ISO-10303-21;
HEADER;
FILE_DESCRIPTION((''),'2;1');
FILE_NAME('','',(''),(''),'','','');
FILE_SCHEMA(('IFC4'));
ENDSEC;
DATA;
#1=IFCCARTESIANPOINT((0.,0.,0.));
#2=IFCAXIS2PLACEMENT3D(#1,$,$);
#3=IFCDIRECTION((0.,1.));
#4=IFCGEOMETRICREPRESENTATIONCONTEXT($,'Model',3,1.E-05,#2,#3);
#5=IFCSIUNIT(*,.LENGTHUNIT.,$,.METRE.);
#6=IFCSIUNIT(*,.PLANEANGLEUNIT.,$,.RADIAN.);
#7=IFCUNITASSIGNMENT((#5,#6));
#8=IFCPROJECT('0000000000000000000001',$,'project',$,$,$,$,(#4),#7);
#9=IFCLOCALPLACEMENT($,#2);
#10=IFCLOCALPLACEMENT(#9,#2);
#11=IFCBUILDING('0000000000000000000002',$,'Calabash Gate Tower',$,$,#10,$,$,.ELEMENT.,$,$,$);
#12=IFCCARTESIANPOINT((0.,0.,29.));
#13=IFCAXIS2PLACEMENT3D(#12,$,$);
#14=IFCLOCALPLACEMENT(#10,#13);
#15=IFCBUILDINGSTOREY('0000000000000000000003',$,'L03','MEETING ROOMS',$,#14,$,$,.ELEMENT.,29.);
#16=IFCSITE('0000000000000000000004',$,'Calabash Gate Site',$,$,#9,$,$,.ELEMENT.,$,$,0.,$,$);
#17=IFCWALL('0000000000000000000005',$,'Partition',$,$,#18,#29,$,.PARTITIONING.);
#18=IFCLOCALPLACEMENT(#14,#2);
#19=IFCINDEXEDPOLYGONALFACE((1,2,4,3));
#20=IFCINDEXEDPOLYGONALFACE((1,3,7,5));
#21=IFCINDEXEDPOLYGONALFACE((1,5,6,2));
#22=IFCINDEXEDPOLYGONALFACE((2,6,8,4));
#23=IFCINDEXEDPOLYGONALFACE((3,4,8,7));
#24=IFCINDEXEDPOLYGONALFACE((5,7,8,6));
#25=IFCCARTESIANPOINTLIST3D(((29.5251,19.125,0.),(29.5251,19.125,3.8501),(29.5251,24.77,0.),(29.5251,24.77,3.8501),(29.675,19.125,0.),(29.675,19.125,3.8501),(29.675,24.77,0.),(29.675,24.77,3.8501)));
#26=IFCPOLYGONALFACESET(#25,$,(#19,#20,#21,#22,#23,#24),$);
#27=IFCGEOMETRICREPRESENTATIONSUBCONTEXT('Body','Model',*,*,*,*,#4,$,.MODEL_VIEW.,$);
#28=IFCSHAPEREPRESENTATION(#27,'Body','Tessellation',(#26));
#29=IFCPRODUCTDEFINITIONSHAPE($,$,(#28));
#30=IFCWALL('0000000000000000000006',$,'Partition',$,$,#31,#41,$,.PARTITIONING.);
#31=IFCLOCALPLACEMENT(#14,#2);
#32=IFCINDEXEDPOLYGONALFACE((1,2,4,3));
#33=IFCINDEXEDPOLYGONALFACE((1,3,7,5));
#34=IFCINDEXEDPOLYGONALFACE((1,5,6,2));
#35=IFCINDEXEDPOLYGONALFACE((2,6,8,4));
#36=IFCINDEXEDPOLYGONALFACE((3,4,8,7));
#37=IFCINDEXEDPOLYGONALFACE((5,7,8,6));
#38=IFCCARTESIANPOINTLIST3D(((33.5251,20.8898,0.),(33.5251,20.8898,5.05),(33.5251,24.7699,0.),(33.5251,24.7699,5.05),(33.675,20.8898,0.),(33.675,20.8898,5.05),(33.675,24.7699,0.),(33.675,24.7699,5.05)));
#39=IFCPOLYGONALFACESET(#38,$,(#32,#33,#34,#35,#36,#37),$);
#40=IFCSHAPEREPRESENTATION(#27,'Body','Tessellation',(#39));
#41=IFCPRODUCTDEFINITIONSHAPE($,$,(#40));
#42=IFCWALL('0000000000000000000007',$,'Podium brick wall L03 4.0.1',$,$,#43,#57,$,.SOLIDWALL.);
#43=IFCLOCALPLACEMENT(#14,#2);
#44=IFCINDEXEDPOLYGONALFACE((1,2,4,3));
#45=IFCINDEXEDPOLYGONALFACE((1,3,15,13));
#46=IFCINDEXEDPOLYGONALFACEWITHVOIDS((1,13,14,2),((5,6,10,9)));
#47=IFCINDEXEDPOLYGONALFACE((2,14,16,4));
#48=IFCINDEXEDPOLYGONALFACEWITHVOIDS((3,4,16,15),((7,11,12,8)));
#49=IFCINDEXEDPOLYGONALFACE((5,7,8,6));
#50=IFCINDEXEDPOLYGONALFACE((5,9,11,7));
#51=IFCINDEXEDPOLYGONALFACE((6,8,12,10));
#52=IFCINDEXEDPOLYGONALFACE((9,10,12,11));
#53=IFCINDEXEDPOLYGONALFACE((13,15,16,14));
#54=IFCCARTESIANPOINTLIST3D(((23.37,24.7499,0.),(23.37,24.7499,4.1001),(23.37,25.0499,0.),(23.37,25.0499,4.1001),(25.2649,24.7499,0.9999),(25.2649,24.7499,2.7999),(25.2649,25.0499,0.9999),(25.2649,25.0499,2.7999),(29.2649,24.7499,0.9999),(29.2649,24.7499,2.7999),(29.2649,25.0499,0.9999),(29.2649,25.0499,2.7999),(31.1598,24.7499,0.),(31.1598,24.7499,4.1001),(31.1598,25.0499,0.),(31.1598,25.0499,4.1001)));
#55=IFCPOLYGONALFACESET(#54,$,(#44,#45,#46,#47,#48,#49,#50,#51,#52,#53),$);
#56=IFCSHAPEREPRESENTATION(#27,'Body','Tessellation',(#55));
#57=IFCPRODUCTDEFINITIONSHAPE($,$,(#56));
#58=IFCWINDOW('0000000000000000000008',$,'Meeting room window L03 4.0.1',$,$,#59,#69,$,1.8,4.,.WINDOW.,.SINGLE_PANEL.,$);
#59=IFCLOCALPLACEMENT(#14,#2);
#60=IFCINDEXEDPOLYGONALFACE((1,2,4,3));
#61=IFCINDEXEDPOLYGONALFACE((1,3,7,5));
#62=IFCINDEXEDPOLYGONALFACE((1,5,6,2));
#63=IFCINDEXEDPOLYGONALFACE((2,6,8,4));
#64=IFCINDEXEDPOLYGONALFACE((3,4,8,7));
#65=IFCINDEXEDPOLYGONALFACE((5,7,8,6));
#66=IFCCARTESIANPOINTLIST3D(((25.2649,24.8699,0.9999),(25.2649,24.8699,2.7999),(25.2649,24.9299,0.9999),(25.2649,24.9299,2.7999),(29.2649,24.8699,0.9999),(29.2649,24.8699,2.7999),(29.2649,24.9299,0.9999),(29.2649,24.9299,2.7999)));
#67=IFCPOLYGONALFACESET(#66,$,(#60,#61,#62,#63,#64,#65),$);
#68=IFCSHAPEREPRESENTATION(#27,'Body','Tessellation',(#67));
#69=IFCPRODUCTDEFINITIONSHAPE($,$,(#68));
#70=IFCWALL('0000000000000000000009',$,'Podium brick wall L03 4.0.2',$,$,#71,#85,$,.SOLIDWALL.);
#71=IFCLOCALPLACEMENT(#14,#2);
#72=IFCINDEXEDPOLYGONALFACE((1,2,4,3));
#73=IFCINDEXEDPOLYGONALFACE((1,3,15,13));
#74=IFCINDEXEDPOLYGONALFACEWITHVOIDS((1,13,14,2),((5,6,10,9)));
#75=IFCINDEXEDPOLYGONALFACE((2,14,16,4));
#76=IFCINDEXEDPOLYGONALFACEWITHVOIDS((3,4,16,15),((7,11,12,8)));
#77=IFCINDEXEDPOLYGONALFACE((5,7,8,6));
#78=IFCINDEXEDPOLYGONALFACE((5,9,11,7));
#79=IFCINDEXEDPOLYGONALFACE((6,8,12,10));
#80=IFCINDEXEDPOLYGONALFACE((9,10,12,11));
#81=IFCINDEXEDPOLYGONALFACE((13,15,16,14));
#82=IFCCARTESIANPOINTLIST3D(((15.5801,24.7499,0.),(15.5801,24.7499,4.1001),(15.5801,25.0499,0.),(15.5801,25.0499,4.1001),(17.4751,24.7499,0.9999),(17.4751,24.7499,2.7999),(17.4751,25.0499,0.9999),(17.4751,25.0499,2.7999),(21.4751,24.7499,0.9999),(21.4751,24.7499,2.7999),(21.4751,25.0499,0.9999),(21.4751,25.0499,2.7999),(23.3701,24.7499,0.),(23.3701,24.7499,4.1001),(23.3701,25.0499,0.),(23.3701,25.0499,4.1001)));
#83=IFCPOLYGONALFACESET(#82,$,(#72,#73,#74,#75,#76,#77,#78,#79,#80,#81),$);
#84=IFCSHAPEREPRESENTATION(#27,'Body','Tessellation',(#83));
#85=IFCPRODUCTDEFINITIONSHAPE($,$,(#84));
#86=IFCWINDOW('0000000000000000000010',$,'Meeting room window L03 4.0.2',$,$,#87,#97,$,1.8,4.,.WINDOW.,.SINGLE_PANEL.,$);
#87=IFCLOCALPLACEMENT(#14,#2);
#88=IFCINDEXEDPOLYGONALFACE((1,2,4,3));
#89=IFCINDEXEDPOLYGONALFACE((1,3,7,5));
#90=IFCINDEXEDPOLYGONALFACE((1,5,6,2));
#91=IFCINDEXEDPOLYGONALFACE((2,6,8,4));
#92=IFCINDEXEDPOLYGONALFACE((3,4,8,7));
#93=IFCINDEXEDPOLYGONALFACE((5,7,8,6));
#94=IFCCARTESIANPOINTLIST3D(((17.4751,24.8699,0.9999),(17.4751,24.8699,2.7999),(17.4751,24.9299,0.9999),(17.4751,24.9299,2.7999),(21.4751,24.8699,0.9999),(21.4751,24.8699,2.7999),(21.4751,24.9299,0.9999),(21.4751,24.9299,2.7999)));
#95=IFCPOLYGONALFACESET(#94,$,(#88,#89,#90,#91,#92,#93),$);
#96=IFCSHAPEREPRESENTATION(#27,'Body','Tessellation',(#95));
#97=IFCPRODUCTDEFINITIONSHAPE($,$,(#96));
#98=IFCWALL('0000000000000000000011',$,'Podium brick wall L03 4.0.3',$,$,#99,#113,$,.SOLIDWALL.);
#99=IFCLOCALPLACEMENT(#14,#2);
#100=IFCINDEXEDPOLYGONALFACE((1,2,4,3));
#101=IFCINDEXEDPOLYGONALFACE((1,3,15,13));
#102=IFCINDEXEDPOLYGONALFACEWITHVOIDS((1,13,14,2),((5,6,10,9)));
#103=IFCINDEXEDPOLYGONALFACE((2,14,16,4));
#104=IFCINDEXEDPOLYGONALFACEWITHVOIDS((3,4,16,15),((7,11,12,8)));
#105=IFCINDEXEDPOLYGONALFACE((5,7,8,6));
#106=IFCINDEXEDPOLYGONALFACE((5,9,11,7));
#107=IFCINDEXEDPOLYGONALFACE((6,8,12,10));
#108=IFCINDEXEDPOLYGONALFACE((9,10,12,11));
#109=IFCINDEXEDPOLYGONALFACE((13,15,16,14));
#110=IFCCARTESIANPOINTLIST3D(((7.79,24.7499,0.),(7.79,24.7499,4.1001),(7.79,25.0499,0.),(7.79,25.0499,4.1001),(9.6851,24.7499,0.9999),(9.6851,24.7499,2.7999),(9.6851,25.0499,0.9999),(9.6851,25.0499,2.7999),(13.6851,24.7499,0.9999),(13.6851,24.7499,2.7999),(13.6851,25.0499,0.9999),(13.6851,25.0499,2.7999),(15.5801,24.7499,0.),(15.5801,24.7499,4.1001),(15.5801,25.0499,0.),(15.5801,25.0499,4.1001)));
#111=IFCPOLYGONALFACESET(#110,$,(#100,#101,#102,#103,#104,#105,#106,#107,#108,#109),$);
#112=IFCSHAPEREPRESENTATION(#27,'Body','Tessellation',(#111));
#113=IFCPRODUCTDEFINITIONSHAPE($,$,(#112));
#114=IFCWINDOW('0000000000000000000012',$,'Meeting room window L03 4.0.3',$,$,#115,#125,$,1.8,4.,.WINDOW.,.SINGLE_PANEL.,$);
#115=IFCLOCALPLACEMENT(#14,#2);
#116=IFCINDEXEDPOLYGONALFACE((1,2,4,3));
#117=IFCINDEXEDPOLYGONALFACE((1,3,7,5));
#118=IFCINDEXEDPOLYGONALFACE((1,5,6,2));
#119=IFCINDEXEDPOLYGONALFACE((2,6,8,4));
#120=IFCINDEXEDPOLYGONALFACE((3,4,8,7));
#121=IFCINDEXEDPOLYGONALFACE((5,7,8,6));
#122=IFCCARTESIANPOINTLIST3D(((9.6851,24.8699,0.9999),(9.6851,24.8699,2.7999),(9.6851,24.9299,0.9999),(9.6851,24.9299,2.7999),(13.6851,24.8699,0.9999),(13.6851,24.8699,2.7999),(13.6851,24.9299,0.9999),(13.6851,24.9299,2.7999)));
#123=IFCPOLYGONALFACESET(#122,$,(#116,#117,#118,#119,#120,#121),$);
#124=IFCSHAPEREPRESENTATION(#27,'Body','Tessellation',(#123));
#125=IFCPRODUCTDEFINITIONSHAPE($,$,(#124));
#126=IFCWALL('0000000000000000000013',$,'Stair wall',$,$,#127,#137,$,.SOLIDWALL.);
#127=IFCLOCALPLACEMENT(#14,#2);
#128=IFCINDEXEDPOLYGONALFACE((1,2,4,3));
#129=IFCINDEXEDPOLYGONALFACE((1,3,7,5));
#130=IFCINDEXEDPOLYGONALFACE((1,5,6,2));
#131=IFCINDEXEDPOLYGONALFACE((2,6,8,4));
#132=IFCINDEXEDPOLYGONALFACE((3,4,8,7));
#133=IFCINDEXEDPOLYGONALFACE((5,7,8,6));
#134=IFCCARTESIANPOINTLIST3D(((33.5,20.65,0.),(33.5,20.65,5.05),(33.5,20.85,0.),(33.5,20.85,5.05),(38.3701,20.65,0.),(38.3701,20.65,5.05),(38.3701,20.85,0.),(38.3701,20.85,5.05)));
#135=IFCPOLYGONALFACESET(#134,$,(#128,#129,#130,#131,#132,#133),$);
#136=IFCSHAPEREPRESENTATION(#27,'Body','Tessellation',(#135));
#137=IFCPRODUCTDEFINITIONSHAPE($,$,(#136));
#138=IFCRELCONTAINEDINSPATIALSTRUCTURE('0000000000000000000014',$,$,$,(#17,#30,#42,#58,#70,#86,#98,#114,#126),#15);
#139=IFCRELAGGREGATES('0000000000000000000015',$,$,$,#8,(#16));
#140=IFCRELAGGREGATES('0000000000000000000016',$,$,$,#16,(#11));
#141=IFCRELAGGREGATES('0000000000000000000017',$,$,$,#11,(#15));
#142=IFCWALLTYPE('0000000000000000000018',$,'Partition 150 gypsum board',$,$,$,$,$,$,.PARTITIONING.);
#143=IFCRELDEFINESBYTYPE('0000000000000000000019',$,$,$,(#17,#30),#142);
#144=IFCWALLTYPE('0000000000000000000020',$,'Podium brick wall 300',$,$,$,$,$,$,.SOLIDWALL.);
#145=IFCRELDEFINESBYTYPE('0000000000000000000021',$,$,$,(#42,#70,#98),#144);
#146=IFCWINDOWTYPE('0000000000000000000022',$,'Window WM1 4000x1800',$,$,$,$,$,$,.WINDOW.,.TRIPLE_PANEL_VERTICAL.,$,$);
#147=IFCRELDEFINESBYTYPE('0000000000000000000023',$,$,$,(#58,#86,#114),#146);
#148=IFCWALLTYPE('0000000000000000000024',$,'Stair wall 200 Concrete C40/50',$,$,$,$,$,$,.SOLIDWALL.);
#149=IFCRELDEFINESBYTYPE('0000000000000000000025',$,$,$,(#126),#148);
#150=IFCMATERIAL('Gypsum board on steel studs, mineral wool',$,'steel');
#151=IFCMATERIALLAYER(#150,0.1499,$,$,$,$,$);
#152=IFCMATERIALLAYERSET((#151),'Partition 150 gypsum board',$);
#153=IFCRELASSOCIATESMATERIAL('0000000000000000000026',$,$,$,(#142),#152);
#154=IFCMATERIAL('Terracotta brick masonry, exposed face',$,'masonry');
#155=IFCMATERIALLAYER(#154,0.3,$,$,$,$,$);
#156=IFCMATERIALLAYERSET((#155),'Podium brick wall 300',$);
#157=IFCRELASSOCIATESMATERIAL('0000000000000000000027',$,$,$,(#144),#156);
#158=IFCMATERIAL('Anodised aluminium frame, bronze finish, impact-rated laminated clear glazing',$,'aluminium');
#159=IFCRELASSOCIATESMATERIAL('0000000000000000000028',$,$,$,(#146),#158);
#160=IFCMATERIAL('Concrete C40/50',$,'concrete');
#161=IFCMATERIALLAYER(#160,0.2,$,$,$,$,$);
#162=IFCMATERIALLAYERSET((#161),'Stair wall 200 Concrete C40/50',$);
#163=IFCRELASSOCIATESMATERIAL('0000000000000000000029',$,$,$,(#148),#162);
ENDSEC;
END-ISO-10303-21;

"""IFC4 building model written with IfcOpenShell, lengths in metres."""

from ifc_helpers import new_model, si_unit, direction, frame, frame_2d, origin, place, context, subcontext, project, spatial, rectangle, extrude, material, layer, layer_set, type_object, element, fill, save


model = new_model("IFC4")

# Units and contexts
model_context = context("Model", 3, precision=1e-05, world=origin(), true_north=direction((0.0, 1.0)))
body_context = subcontext(model_context, "Body", "Model", "MODEL_VIEW")
ifc_project = project(units=[si_unit("LENGTHUNIT", "METRE"), si_unit("PLANEANGLEUNIT", "RADIAN")], contexts=[model_context])

# Site, building, storey
site_placement = place(None, origin())
site = spatial("IfcSite", under=ifc_project, at=site_placement, Name="Calabash Gate Site", CompositionType="ELEMENT", RefElevation=0.0)
building_placement = place(site_placement, origin())
building = spatial("IfcBuilding", under=site, at=building_placement, Name="Calabash Gate Tower", CompositionType="ELEMENT")
storey_placement = place(building_placement, frame((0.0, 0.0, 29.0)))
storey = spatial("IfcBuildingStorey", under=building, at=storey_placement, Name="L03", Description="MEETING ROOMS", CompositionType="ELEMENT", Elevation=29.0)

# Walls
ifc_material_1 = material(Name="Gypsum board on steel studs, mineral wool", Category="steel")
ifc_layer_1 = layer(ifc_material_1, 0.1499)
ifc_layer_set_1 = layer_set([ifc_layer_1], Name="Partition 150 gypsum board")
wall_type_1 = type_object("IfcWallType", Name="Partition 150 gypsum board", PredefinedType="PARTITIONING", material=ifc_layer_set_1)
wall_1_placement = place(storey_placement, frame((29.6001, 19.125, 0.0), z_axis=(0.0, 0.0, 1.0), x_axis=(0.0, 1.0, 0.0)))
element("IfcWall", 1, at=wall_1_placement, inside=storey, type_object=wall_type_1, Name="Partition", PredefinedType="PARTITIONING", context=body_context, shape_type="SweptSolid", body=[
    extrude(rectangle(XDim=5.645, YDim=0.1499, at=frame_2d((2.8225, 0.0))), origin(), (0.0, 0.0, 1.0), 3.8501),
])
wall_2_placement = place(storey_placement, frame((33.6001, 20.8899, 0.0), z_axis=(0.0, 0.0, 1.0), x_axis=(0.0, 1.0, 0.0)))
element("IfcWall", 2, at=wall_2_placement, inside=storey, type_object=wall_type_1, Name="Partition", PredefinedType="PARTITIONING", context=body_context, shape_type="SweptSolid", body=[
    extrude(rectangle(XDim=3.8801, YDim=0.1499, at=frame_2d((1.9399, 0.0))), origin(), (0.0, 0.0, 1.0), 5.05),
])

# Walls, openings, windows
ifc_material_2 = material(Name="Terracotta brick masonry, exposed face", Category="masonry")
ifc_layer_2 = layer(ifc_material_2, 0.3)
ifc_layer_set_2 = layer_set([ifc_layer_2], Name="Podium brick wall 300")
wall_type_2 = type_object("IfcWallType", Name="Podium brick wall 300", PredefinedType="SOLIDWALL", material=ifc_layer_set_2)
wall_3_placement = place(storey_placement, frame((31.1599, 24.8999, 0.0), z_axis=(0.0, 0.0, 1.0), x_axis=(-1.0, 0.0, 0.0)))
wall_3 = element("IfcWall", 3, at=wall_3_placement, inside=storey, type_object=wall_type_2, Name="Podium brick wall L03 4.0.1", PredefinedType="SOLIDWALL", context=body_context, shape_type="SweptSolid", body=[
    extrude(rectangle(XDim=7.7898, YDim=0.3, at=frame_2d((3.895, 0.0))), origin(), (0.0, 0.0, 1.0), 4.1001),
])
opening_1_placement = place(wall_3_placement, frame((1.895, 0.0, 1.0)))
opening_1 = element("IfcOpeningElement", 4, at=opening_1_placement, cuts=wall_3, PredefinedType="OPENING", context=body_context, shape_type="SweptSolid", body=[
    extrude(rectangle(XDim=4.0, YDim=1.8, at=frame_2d((2.0, 0.8999))), frame((0.0, 0.1599, 0.0), z_axis=(0.0, -1.0, 0.0), x_axis=(1.0, 0.0, 0.0)), (0.0, 0.0, 1.0), 0.3201),
])
ifc_material_3 = material(Name="Anodised aluminium frame, bronze finish, impact-rated laminated clear glazing", Category="aluminium")
window_type = type_object("IfcWindowType", Name="Window WM1 4000x1800", PartitioningType="TRIPLE_PANEL_VERTICAL", PredefinedType="WINDOW", material=ifc_material_3)
window_1_placement = place(opening_1_placement, origin())
window_1 = element("IfcWindow", 5, at=window_1_placement, inside=storey, type_object=window_type, Name="Meeting room window L03 4.0.1", OverallHeight=1.8, OverallWidth=4.0, PartitioningType="SINGLE_PANEL", PredefinedType="WINDOW", context=body_context, shape_type="SweptSolid", body=[
    extrude(rectangle(XDim=4.0, YDim=1.8, at=frame_2d((2.0, 0.8999))), frame((0.0, 0.03, 0.0), z_axis=(0.0, -1.0, 0.0), x_axis=(1.0, 0.0, 0.0)), (0.0, 0.0, 1.0), 0.0601),
])
fill(opening_1, window_1)
wall_4_placement = place(storey_placement, frame((23.3701, 24.8999, 0.0), z_axis=(0.0, 0.0, 1.0), x_axis=(-1.0, 0.0, 0.0)))
wall_4 = element("IfcWall", 6, at=wall_4_placement, inside=storey, type_object=wall_type_2, Name="Podium brick wall L03 4.0.2", PredefinedType="SOLIDWALL", context=body_context, shape_type="SweptSolid", body=[
    extrude(rectangle(XDim=7.79, YDim=0.3, at=frame_2d((3.895, 0.0))), origin(), (0.0, 0.0, 1.0), 4.1001),
])
opening_2_placement = place(wall_4_placement, frame((1.895, 0.0, 1.0)))
opening_2 = element("IfcOpeningElement", 7, at=opening_2_placement, cuts=wall_4, PredefinedType="OPENING", context=body_context, shape_type="SweptSolid", body=[
    extrude(rectangle(XDim=4.0, YDim=1.8, at=frame_2d((2.0, 0.8999))), frame((0.0, 0.1599, 0.0), z_axis=(0.0, -1.0, 0.0), x_axis=(1.0, 0.0, 0.0)), (0.0, 0.0, 1.0), 0.3201),
])
window_2_placement = place(opening_2_placement, origin())
window_2 = element("IfcWindow", 8, at=window_2_placement, inside=storey, type_object=window_type, Name="Meeting room window L03 4.0.2", OverallHeight=1.8, OverallWidth=4.0, PartitioningType="SINGLE_PANEL", PredefinedType="WINDOW", context=body_context, shape_type="SweptSolid", body=[
    extrude(rectangle(XDim=4.0, YDim=1.8, at=frame_2d((2.0, 0.8999))), frame((0.0, 0.03, 0.0), z_axis=(0.0, -1.0, 0.0), x_axis=(1.0, 0.0, 0.0)), (0.0, 0.0, 1.0), 0.0601),
])
fill(opening_2, window_2)
wall_5_placement = place(storey_placement, frame((15.5801, 24.8999, 0.0), z_axis=(0.0, 0.0, 1.0), x_axis=(-1.0, 0.0, 0.0)))
wall_5 = element("IfcWall", 9, at=wall_5_placement, inside=storey, type_object=wall_type_2, Name="Podium brick wall L03 4.0.3", PredefinedType="SOLIDWALL", context=body_context, shape_type="SweptSolid", body=[
    extrude(rectangle(XDim=7.79, YDim=0.3, at=frame_2d((3.895, 0.0))), origin(), (0.0, 0.0, 1.0), 4.1001),
])
opening_3_placement = place(wall_5_placement, frame((1.895, 0.0, 1.0)))
opening_3 = element("IfcOpeningElement", 10, at=opening_3_placement, cuts=wall_5, PredefinedType="OPENING", context=body_context, shape_type="SweptSolid", body=[
    extrude(rectangle(XDim=4.0, YDim=1.8, at=frame_2d((2.0, 0.8999))), frame((0.0, 0.1599, 0.0), z_axis=(0.0, -1.0, 0.0), x_axis=(1.0, 0.0, 0.0)), (0.0, 0.0, 1.0), 0.3201),
])
window_3_placement = place(opening_3_placement, origin())
window_3 = element("IfcWindow", 11, at=window_3_placement, inside=storey, type_object=window_type, Name="Meeting room window L03 4.0.3", OverallHeight=1.8, OverallWidth=4.0, PartitioningType="SINGLE_PANEL", PredefinedType="WINDOW", context=body_context, shape_type="SweptSolid", body=[
    extrude(rectangle(XDim=4.0, YDim=1.8, at=frame_2d((2.0, 0.8999))), frame((0.0, 0.03, 0.0), z_axis=(0.0, -1.0, 0.0), x_axis=(1.0, 0.0, 0.0)), (0.0, 0.0, 1.0), 0.0601),
])
fill(opening_3, window_3)

# Wall
ifc_material_4 = material(Name="Concrete C40/50", Category="concrete")
ifc_layer_3 = layer(ifc_material_4, 0.2)
ifc_layer_set_3 = layer_set([ifc_layer_3], Name="Stair wall 200 Concrete C40/50")
wall_type_3 = type_object("IfcWallType", Name="Stair wall 200 Concrete C40/50", PredefinedType="SOLIDWALL", material=ifc_layer_set_3)
wall_6_placement = place(storey_placement, frame((33.5, 20.75, 0.0), z_axis=(0.0, 0.0, 1.0), x_axis=(1.0, 0.0, 0.0)))
element("IfcWall", 12, at=wall_6_placement, inside=storey, type_object=wall_type_3, Name="Stair wall", PredefinedType="SOLIDWALL", context=body_context, shape_type="SweptSolid", body=[
    extrude(rectangle(XDim=4.8701, YDim=0.2, at=frame_2d((2.4351, 0.0))), origin(), (0.0, 0.0, 1.0), 5.05),
])

save(model, "model.ifc")
